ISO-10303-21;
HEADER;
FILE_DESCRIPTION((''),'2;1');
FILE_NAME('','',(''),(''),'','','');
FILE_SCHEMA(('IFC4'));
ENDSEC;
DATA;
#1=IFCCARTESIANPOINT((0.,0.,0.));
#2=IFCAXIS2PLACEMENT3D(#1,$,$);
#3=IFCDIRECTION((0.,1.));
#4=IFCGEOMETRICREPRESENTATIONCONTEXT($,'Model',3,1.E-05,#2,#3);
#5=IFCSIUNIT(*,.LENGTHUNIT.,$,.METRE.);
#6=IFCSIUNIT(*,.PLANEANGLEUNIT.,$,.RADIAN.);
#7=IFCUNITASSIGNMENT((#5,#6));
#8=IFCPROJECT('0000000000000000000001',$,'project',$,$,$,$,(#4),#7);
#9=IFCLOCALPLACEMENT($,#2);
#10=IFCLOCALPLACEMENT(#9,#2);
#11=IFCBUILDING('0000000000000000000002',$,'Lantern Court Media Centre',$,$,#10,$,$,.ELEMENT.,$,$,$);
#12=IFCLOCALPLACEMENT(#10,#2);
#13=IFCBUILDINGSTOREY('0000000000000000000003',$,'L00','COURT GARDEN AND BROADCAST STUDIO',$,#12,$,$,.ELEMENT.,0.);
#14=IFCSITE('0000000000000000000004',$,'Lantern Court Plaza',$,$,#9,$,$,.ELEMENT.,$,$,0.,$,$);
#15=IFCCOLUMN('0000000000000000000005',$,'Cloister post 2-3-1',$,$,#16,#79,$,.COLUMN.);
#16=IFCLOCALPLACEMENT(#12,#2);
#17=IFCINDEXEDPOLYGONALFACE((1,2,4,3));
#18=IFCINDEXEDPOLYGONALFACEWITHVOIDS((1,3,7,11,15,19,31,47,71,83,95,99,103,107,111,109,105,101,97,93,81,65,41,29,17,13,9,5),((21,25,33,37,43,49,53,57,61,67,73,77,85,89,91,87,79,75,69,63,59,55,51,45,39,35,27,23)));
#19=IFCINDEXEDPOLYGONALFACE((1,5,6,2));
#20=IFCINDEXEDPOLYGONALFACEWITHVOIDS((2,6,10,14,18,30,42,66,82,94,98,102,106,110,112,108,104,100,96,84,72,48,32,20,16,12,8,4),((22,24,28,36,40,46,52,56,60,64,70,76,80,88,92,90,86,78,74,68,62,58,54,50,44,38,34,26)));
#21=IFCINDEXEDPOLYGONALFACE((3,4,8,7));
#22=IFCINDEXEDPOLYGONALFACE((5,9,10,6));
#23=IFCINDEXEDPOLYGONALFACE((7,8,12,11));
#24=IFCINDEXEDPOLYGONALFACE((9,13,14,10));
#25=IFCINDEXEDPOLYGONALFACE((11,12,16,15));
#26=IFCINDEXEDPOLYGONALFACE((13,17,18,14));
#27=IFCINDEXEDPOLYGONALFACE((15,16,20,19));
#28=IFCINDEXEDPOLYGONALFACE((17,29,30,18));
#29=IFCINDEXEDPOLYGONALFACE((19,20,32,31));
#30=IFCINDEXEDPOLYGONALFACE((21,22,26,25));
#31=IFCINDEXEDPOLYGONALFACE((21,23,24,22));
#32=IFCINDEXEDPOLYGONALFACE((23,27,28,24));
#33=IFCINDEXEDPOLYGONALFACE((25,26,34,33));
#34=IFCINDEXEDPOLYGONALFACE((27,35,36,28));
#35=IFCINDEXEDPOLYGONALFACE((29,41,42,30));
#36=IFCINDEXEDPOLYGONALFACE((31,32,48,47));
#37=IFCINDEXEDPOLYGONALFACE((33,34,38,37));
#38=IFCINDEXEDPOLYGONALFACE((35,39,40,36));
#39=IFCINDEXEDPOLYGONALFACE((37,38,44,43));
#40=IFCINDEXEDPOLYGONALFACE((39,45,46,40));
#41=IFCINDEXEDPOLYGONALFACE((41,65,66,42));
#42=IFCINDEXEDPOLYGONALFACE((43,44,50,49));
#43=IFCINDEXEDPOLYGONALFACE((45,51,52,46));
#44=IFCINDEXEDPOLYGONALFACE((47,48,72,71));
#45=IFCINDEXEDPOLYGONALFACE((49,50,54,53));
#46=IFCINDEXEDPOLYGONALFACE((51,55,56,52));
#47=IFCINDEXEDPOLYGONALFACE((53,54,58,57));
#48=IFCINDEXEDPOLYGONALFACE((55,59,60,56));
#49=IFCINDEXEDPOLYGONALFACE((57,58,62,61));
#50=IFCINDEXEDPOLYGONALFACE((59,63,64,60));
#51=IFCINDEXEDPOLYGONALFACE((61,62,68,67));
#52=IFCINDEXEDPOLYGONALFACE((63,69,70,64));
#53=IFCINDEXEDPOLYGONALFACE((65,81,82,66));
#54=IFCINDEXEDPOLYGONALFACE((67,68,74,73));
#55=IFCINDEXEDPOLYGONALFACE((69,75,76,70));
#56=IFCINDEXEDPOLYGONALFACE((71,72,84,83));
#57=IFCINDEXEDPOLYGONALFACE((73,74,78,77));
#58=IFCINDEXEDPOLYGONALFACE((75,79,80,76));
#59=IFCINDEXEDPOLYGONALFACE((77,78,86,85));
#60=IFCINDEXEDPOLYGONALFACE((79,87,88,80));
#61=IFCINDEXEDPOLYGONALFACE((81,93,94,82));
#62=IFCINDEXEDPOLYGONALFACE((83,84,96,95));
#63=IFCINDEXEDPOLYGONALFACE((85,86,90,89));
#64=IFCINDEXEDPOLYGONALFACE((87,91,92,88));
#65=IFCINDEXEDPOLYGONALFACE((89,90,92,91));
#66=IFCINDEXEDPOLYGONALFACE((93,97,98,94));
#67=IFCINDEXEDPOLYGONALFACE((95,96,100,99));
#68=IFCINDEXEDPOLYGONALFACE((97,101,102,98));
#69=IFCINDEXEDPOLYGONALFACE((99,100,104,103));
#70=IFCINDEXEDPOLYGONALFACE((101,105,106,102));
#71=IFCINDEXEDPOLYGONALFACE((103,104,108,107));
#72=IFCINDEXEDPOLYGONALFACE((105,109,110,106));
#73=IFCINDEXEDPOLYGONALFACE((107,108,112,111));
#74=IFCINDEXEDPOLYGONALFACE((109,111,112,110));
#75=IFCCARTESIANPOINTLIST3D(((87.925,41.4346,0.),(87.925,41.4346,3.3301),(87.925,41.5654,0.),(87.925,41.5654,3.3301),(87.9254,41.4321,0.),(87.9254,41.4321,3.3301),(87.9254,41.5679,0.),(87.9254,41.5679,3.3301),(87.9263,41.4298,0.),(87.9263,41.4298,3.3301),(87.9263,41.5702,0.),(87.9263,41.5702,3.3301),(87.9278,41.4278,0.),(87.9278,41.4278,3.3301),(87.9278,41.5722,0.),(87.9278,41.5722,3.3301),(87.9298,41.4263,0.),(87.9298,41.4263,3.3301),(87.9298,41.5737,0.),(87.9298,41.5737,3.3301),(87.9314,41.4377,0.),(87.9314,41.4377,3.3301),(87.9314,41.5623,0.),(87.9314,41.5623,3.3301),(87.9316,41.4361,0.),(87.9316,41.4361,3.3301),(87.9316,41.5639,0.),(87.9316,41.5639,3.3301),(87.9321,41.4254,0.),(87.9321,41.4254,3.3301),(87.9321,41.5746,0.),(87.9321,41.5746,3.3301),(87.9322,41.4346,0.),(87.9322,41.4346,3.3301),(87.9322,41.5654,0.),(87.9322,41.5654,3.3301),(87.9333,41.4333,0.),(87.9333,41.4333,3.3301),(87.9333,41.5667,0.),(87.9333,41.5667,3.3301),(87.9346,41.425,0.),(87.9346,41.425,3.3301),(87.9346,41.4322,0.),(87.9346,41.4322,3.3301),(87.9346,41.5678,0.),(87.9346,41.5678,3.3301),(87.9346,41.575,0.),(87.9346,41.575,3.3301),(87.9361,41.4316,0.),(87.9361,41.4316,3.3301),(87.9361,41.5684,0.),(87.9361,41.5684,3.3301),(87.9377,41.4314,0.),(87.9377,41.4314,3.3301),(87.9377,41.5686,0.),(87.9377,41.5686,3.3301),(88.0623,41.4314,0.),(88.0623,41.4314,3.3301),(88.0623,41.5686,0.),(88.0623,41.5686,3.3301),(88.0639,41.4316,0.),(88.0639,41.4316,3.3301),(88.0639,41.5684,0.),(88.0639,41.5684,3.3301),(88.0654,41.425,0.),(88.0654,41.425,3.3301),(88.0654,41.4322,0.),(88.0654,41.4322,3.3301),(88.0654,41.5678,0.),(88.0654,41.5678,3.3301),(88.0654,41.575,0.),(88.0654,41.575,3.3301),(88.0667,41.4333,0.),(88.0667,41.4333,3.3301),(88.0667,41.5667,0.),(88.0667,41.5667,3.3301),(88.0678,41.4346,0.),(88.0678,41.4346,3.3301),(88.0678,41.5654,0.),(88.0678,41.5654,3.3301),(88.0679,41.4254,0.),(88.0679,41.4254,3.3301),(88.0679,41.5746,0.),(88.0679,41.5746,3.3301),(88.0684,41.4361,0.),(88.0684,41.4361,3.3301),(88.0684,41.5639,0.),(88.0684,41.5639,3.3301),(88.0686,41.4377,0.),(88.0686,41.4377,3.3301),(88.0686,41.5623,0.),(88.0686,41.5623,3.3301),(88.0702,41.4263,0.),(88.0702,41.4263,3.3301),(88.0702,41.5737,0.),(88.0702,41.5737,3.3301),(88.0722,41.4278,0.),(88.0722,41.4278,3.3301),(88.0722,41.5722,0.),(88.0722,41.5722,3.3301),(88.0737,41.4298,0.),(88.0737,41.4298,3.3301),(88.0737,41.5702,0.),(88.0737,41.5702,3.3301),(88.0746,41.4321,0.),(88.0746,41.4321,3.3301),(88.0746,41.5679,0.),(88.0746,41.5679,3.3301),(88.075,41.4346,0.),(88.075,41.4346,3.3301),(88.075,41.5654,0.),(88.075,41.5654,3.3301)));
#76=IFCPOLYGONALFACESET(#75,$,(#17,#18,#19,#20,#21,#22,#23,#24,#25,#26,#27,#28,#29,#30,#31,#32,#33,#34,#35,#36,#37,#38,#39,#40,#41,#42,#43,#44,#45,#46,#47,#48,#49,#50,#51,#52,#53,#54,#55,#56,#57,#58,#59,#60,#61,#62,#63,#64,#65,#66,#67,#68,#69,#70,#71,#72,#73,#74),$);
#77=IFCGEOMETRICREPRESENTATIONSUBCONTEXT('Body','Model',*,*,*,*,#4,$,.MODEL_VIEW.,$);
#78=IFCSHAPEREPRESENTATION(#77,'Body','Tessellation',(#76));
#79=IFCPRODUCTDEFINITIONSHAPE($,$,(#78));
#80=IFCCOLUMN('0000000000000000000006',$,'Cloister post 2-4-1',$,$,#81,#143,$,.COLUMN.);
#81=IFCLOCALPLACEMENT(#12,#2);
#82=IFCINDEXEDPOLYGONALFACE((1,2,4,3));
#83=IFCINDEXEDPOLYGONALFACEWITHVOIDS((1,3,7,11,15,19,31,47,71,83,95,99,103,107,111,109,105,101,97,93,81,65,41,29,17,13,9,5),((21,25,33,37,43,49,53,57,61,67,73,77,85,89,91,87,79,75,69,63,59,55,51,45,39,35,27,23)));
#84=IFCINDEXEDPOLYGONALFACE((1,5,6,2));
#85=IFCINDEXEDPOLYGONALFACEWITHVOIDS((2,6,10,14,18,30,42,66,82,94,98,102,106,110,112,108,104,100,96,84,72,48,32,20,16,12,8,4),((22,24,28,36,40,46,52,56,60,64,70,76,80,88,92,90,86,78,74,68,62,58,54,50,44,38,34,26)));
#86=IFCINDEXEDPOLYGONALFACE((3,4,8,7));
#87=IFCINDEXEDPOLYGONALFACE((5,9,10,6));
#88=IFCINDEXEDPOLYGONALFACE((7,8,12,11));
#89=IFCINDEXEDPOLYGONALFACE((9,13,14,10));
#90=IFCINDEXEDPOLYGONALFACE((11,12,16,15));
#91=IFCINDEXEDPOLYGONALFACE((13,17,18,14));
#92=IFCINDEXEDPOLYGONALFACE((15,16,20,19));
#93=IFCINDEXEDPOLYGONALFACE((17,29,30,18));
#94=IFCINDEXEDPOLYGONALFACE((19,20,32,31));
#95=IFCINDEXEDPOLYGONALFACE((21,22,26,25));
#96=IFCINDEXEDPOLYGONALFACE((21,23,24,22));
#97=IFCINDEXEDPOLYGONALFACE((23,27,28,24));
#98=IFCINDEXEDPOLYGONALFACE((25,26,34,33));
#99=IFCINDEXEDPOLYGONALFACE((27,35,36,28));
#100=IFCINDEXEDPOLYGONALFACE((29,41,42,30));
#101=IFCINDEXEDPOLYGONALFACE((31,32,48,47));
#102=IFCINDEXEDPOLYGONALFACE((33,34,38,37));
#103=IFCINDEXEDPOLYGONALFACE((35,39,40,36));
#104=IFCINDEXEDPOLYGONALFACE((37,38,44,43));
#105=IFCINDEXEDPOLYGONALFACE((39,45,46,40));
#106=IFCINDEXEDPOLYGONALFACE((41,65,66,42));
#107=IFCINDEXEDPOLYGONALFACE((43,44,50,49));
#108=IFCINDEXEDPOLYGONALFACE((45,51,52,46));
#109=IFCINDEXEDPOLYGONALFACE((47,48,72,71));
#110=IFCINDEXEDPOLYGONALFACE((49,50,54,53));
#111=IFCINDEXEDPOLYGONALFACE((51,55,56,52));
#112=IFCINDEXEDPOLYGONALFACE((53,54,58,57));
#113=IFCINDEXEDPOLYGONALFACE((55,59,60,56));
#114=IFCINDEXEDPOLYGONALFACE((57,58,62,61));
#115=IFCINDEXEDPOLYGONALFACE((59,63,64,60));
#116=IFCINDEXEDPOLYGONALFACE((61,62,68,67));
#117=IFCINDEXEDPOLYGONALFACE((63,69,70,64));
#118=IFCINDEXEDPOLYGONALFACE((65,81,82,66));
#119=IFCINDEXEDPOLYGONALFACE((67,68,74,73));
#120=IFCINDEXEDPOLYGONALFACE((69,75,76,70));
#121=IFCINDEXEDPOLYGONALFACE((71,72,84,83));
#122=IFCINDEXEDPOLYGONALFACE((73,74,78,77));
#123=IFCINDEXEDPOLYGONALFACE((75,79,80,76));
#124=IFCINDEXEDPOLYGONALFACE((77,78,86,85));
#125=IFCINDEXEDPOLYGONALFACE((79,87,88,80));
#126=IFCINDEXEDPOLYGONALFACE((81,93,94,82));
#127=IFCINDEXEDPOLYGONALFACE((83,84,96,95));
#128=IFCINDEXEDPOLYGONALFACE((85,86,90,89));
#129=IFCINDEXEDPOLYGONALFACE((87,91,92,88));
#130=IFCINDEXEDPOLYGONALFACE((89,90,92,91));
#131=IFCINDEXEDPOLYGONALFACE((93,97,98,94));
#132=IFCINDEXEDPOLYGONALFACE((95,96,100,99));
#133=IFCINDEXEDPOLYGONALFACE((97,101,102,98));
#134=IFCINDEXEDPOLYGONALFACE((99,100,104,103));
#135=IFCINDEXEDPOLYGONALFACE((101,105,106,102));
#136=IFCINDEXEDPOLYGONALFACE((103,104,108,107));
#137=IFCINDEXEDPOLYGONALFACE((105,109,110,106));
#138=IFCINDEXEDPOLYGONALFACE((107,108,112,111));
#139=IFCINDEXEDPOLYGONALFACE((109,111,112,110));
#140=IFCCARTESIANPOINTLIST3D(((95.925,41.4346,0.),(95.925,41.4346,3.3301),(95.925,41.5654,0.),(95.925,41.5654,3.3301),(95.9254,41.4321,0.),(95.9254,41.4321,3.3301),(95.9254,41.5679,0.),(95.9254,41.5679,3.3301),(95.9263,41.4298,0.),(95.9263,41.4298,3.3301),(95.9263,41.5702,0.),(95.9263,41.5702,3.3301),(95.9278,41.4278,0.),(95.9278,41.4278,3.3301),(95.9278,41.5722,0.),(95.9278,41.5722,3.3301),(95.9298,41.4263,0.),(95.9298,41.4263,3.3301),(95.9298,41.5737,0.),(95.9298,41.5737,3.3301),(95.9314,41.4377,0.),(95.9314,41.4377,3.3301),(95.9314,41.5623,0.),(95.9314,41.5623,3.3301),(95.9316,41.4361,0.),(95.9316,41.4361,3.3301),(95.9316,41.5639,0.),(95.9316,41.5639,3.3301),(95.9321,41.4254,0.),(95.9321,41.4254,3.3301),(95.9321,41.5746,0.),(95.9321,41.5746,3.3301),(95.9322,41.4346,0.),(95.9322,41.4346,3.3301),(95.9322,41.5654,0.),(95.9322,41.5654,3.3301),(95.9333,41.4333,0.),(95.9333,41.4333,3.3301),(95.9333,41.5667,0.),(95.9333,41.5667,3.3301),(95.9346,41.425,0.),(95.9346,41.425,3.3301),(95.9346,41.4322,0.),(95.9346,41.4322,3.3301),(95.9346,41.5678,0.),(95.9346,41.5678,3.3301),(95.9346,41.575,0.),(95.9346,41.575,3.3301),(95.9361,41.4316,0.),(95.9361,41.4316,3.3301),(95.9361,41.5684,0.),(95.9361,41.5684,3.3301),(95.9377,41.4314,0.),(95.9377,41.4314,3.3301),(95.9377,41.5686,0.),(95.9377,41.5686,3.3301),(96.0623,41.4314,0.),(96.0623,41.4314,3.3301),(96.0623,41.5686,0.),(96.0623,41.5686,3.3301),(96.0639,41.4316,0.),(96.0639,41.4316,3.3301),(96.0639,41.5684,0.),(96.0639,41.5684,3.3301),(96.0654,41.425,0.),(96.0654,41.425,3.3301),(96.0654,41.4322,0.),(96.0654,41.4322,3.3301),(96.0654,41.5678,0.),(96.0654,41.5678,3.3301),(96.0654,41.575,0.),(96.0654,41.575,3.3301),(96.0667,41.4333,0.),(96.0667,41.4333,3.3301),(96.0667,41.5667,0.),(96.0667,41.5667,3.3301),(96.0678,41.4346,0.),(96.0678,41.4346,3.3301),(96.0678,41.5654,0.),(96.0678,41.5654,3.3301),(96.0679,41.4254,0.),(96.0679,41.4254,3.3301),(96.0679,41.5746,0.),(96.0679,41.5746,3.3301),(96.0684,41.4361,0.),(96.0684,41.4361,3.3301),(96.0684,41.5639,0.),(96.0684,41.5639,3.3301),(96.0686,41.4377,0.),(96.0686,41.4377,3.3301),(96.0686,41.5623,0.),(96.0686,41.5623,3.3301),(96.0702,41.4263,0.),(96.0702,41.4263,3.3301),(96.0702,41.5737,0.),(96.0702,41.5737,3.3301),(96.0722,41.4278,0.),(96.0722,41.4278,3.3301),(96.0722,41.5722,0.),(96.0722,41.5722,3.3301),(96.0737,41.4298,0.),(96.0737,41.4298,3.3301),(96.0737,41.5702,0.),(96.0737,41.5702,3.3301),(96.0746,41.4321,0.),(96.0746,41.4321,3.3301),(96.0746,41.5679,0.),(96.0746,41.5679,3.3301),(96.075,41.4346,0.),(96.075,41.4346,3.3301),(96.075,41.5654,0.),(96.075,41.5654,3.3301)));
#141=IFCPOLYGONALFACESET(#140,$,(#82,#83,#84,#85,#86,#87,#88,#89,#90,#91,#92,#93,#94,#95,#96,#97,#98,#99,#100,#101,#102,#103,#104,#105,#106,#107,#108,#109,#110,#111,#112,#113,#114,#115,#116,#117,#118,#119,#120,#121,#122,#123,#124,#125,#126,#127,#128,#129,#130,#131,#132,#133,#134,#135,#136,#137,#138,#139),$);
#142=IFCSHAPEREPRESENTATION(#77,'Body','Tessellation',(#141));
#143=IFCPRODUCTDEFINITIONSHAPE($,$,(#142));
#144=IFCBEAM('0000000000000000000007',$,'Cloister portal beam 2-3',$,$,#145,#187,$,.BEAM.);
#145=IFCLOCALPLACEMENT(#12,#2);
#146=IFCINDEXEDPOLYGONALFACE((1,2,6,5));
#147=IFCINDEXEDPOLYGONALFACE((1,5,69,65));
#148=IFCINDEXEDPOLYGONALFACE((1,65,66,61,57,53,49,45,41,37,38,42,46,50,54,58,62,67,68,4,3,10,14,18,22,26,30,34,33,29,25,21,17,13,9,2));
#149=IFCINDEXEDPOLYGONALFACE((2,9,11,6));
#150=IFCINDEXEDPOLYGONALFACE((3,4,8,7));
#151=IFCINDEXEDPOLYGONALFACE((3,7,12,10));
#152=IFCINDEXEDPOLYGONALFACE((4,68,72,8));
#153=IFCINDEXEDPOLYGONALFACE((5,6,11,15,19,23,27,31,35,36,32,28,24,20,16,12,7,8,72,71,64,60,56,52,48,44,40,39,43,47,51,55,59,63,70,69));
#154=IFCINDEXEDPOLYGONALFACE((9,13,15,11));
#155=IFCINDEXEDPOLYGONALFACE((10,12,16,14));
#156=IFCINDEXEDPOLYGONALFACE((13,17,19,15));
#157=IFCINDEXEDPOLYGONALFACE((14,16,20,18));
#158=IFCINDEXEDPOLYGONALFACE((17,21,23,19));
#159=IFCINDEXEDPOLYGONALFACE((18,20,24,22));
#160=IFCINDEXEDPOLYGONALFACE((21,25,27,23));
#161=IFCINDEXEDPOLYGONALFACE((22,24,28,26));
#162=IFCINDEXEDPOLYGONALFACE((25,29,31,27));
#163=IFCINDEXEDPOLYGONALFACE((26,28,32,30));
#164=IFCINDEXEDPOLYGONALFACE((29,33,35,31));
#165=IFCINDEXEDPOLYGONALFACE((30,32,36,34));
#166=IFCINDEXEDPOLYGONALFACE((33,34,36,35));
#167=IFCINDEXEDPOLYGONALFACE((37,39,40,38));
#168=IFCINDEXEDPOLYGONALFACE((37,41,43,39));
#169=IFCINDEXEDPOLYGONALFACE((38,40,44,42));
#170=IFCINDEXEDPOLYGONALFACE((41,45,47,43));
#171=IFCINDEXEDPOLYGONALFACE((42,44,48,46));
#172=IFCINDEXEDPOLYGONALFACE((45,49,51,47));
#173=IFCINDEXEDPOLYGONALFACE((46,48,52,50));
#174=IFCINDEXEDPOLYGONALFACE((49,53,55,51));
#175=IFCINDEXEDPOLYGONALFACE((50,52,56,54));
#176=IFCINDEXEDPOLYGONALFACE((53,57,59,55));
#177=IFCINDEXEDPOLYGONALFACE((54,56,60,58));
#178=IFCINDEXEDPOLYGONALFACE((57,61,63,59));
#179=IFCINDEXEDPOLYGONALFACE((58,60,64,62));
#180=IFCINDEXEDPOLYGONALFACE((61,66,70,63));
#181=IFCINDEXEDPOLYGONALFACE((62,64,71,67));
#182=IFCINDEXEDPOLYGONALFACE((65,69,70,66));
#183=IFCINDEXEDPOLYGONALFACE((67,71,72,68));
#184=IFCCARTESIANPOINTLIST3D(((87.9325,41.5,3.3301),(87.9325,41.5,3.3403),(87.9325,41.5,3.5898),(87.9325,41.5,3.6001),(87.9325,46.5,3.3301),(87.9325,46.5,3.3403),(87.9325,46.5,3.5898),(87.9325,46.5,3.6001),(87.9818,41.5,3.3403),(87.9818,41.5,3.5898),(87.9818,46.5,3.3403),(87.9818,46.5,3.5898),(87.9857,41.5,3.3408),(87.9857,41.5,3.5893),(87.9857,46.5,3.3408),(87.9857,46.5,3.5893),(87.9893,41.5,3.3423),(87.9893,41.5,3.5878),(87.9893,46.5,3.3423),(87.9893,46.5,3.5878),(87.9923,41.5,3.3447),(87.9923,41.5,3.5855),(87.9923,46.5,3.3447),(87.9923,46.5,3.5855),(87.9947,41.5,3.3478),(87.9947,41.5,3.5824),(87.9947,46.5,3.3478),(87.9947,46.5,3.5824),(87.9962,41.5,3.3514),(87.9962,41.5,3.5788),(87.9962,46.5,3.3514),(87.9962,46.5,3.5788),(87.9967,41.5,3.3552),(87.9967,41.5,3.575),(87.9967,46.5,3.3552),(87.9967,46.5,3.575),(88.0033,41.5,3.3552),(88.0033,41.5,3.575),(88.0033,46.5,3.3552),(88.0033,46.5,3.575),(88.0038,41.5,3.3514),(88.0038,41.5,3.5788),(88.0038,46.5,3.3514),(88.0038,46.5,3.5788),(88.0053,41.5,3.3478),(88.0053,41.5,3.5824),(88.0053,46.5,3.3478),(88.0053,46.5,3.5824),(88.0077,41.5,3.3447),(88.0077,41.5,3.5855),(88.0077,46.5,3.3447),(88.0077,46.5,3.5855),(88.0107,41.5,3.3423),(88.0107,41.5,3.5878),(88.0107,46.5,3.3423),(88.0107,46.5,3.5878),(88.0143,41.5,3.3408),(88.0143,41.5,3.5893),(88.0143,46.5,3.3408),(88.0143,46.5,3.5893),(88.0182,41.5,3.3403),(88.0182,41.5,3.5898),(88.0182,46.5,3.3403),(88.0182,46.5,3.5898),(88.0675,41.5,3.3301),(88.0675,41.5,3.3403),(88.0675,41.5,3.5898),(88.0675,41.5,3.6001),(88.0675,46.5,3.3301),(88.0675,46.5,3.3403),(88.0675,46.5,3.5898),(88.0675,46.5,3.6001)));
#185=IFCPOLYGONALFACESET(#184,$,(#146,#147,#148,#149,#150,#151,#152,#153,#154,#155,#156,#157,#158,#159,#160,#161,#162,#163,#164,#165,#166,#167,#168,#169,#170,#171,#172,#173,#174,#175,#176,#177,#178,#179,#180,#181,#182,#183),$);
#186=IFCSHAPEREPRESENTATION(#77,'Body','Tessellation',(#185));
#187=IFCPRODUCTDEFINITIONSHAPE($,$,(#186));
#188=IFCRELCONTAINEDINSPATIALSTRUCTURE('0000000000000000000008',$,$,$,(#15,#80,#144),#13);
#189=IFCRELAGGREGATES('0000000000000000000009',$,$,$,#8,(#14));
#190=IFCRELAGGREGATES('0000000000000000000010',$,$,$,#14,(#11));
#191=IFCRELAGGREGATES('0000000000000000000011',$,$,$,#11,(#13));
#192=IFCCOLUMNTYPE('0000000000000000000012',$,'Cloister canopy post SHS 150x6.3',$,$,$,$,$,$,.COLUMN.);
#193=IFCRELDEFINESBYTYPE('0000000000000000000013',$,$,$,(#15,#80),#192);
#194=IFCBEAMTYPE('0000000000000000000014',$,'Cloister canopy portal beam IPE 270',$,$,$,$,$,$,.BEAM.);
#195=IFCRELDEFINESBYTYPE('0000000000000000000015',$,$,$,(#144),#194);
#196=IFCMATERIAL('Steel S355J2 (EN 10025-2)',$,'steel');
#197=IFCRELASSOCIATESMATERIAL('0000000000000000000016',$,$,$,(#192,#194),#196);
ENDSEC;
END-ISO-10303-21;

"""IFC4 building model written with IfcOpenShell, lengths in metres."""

from ifc_helpers import new_model, si_unit, direction, frame, origin, origin_2d, place, context, subcontext, project, spatial, hollow_rectangle, i_section, extrude, material, material_profile, profile_set, type_object, element, save


model = new_model("IFC4")

# Units and contexts
model_context = context("Model", 3, precision=1e-05, world=origin(), true_north=direction((0.0, 1.0)))
body_context = subcontext(model_context, "Body", "Model", "MODEL_VIEW")
ifc_project = project(units=[si_unit("LENGTHUNIT", "METRE"), si_unit("PLANEANGLEUNIT", "RADIAN")], contexts=[model_context])

# Site, building, storey
site_placement = place(None, origin())
site = spatial("IfcSite", under=ifc_project, at=site_placement, Name="Lantern Court Plaza", CompositionType="ELEMENT", RefElevation=0.0)
building_placement = place(site_placement, origin())
building = spatial("IfcBuilding", under=site, at=building_placement, Name="Lantern Court Media Centre", CompositionType="ELEMENT")
storey_placement = place(building_placement, origin())
storey = spatial("IfcBuildingStorey", under=building, at=storey_placement, Name="L00", Description="COURT GARDEN AND BROADCAST STUDIO", CompositionType="ELEMENT", Elevation=0.0)

# Columns
ifc_material_1 = material(Name="Steel S355J2 (EN 10025-2)", Category="steel")
ifc_material_profile_1 = material_profile(ifc_material_1, hollow_rectangle(XDim=0.1499, YDim=0.1499, WallThickness=0.0063, InnerFilletRadius=0.0063, OuterFilletRadius=0.0095, at=origin_2d()), Name="Cloister canopy post SHS 150x6.3")
ifc_profile_set_1 = profile_set([ifc_material_profile_1], Name="Steel S355J2 (EN 10025-2)")
column_type = type_object("IfcColumnType", Name="Cloister canopy post SHS 150x6.3", PredefinedType="COLUMN", material=ifc_profile_set_1)
for number, where, z_axis, x_axis, name in (
    (1, (88.0, 41.5, 0.0), (0.0, 0.0, 1.0), (1.0, 0.0, 0.0), "Cloister post 2-3-1"),
    (2, (96.0, 41.5, 0.0), (0.0, 0.0, 1.0), (1.0, 0.0, 0.0), "Cloister post 2-4-1"),
):
    element("IfcColumn", number, at=place(storey_placement, frame(where, z_axis=z_axis, x_axis=x_axis)), inside=storey, type_object=column_type, Name=name, PredefinedType="COLUMN", context=body_context, shape_type="SweptSolid", body=[
        extrude(hollow_rectangle(XDim=0.1499, YDim=0.1499, WallThickness=0.0063, InnerFilletRadius=0.0063, OuterFilletRadius=0.0095, at=origin_2d()), origin(), (0.0, 0.0, 1.0), 3.3301),
    ])

# Beam
ifc_material_profile_2 = material_profile(ifc_material_1, i_section(OverallWidth=0.135, OverallDepth=0.27, WebThickness=0.0066, FlangeThickness=0.0103, FilletRadius=0.0149, at=origin_2d()), Name="IPE 270")
ifc_profile_set_2 = profile_set([ifc_material_profile_2], Name="Steel S355J2 (EN 10025-2)")
beam_type_1 = type_object("IfcBeamType", Name="Cloister canopy portal beam IPE 270", PredefinedType="BEAM", material=ifc_profile_set_2)
beam_1_placement = place(storey_placement, frame((88.0, 41.5, 3.4651), z_axis=(0.0, 1.0, 0.0), x_axis=(-1.0, 0.0, 0.0)))
element("IfcBeam", 3, at=beam_1_placement, inside=storey, type_object=beam_type_1, Name="Cloister portal beam 2-3", PredefinedType="BEAM", context=body_context, shape_type="SweptSolid", body=[
    extrude(i_section(OverallWidth=0.135, OverallDepth=0.27, WebThickness=0.0066, FlangeThickness=0.0103, FilletRadius=0.0149, at=origin_2d()), origin(), (0.0, 0.0, 1.0), 5.0),
])

save(model, "model.ifc")
